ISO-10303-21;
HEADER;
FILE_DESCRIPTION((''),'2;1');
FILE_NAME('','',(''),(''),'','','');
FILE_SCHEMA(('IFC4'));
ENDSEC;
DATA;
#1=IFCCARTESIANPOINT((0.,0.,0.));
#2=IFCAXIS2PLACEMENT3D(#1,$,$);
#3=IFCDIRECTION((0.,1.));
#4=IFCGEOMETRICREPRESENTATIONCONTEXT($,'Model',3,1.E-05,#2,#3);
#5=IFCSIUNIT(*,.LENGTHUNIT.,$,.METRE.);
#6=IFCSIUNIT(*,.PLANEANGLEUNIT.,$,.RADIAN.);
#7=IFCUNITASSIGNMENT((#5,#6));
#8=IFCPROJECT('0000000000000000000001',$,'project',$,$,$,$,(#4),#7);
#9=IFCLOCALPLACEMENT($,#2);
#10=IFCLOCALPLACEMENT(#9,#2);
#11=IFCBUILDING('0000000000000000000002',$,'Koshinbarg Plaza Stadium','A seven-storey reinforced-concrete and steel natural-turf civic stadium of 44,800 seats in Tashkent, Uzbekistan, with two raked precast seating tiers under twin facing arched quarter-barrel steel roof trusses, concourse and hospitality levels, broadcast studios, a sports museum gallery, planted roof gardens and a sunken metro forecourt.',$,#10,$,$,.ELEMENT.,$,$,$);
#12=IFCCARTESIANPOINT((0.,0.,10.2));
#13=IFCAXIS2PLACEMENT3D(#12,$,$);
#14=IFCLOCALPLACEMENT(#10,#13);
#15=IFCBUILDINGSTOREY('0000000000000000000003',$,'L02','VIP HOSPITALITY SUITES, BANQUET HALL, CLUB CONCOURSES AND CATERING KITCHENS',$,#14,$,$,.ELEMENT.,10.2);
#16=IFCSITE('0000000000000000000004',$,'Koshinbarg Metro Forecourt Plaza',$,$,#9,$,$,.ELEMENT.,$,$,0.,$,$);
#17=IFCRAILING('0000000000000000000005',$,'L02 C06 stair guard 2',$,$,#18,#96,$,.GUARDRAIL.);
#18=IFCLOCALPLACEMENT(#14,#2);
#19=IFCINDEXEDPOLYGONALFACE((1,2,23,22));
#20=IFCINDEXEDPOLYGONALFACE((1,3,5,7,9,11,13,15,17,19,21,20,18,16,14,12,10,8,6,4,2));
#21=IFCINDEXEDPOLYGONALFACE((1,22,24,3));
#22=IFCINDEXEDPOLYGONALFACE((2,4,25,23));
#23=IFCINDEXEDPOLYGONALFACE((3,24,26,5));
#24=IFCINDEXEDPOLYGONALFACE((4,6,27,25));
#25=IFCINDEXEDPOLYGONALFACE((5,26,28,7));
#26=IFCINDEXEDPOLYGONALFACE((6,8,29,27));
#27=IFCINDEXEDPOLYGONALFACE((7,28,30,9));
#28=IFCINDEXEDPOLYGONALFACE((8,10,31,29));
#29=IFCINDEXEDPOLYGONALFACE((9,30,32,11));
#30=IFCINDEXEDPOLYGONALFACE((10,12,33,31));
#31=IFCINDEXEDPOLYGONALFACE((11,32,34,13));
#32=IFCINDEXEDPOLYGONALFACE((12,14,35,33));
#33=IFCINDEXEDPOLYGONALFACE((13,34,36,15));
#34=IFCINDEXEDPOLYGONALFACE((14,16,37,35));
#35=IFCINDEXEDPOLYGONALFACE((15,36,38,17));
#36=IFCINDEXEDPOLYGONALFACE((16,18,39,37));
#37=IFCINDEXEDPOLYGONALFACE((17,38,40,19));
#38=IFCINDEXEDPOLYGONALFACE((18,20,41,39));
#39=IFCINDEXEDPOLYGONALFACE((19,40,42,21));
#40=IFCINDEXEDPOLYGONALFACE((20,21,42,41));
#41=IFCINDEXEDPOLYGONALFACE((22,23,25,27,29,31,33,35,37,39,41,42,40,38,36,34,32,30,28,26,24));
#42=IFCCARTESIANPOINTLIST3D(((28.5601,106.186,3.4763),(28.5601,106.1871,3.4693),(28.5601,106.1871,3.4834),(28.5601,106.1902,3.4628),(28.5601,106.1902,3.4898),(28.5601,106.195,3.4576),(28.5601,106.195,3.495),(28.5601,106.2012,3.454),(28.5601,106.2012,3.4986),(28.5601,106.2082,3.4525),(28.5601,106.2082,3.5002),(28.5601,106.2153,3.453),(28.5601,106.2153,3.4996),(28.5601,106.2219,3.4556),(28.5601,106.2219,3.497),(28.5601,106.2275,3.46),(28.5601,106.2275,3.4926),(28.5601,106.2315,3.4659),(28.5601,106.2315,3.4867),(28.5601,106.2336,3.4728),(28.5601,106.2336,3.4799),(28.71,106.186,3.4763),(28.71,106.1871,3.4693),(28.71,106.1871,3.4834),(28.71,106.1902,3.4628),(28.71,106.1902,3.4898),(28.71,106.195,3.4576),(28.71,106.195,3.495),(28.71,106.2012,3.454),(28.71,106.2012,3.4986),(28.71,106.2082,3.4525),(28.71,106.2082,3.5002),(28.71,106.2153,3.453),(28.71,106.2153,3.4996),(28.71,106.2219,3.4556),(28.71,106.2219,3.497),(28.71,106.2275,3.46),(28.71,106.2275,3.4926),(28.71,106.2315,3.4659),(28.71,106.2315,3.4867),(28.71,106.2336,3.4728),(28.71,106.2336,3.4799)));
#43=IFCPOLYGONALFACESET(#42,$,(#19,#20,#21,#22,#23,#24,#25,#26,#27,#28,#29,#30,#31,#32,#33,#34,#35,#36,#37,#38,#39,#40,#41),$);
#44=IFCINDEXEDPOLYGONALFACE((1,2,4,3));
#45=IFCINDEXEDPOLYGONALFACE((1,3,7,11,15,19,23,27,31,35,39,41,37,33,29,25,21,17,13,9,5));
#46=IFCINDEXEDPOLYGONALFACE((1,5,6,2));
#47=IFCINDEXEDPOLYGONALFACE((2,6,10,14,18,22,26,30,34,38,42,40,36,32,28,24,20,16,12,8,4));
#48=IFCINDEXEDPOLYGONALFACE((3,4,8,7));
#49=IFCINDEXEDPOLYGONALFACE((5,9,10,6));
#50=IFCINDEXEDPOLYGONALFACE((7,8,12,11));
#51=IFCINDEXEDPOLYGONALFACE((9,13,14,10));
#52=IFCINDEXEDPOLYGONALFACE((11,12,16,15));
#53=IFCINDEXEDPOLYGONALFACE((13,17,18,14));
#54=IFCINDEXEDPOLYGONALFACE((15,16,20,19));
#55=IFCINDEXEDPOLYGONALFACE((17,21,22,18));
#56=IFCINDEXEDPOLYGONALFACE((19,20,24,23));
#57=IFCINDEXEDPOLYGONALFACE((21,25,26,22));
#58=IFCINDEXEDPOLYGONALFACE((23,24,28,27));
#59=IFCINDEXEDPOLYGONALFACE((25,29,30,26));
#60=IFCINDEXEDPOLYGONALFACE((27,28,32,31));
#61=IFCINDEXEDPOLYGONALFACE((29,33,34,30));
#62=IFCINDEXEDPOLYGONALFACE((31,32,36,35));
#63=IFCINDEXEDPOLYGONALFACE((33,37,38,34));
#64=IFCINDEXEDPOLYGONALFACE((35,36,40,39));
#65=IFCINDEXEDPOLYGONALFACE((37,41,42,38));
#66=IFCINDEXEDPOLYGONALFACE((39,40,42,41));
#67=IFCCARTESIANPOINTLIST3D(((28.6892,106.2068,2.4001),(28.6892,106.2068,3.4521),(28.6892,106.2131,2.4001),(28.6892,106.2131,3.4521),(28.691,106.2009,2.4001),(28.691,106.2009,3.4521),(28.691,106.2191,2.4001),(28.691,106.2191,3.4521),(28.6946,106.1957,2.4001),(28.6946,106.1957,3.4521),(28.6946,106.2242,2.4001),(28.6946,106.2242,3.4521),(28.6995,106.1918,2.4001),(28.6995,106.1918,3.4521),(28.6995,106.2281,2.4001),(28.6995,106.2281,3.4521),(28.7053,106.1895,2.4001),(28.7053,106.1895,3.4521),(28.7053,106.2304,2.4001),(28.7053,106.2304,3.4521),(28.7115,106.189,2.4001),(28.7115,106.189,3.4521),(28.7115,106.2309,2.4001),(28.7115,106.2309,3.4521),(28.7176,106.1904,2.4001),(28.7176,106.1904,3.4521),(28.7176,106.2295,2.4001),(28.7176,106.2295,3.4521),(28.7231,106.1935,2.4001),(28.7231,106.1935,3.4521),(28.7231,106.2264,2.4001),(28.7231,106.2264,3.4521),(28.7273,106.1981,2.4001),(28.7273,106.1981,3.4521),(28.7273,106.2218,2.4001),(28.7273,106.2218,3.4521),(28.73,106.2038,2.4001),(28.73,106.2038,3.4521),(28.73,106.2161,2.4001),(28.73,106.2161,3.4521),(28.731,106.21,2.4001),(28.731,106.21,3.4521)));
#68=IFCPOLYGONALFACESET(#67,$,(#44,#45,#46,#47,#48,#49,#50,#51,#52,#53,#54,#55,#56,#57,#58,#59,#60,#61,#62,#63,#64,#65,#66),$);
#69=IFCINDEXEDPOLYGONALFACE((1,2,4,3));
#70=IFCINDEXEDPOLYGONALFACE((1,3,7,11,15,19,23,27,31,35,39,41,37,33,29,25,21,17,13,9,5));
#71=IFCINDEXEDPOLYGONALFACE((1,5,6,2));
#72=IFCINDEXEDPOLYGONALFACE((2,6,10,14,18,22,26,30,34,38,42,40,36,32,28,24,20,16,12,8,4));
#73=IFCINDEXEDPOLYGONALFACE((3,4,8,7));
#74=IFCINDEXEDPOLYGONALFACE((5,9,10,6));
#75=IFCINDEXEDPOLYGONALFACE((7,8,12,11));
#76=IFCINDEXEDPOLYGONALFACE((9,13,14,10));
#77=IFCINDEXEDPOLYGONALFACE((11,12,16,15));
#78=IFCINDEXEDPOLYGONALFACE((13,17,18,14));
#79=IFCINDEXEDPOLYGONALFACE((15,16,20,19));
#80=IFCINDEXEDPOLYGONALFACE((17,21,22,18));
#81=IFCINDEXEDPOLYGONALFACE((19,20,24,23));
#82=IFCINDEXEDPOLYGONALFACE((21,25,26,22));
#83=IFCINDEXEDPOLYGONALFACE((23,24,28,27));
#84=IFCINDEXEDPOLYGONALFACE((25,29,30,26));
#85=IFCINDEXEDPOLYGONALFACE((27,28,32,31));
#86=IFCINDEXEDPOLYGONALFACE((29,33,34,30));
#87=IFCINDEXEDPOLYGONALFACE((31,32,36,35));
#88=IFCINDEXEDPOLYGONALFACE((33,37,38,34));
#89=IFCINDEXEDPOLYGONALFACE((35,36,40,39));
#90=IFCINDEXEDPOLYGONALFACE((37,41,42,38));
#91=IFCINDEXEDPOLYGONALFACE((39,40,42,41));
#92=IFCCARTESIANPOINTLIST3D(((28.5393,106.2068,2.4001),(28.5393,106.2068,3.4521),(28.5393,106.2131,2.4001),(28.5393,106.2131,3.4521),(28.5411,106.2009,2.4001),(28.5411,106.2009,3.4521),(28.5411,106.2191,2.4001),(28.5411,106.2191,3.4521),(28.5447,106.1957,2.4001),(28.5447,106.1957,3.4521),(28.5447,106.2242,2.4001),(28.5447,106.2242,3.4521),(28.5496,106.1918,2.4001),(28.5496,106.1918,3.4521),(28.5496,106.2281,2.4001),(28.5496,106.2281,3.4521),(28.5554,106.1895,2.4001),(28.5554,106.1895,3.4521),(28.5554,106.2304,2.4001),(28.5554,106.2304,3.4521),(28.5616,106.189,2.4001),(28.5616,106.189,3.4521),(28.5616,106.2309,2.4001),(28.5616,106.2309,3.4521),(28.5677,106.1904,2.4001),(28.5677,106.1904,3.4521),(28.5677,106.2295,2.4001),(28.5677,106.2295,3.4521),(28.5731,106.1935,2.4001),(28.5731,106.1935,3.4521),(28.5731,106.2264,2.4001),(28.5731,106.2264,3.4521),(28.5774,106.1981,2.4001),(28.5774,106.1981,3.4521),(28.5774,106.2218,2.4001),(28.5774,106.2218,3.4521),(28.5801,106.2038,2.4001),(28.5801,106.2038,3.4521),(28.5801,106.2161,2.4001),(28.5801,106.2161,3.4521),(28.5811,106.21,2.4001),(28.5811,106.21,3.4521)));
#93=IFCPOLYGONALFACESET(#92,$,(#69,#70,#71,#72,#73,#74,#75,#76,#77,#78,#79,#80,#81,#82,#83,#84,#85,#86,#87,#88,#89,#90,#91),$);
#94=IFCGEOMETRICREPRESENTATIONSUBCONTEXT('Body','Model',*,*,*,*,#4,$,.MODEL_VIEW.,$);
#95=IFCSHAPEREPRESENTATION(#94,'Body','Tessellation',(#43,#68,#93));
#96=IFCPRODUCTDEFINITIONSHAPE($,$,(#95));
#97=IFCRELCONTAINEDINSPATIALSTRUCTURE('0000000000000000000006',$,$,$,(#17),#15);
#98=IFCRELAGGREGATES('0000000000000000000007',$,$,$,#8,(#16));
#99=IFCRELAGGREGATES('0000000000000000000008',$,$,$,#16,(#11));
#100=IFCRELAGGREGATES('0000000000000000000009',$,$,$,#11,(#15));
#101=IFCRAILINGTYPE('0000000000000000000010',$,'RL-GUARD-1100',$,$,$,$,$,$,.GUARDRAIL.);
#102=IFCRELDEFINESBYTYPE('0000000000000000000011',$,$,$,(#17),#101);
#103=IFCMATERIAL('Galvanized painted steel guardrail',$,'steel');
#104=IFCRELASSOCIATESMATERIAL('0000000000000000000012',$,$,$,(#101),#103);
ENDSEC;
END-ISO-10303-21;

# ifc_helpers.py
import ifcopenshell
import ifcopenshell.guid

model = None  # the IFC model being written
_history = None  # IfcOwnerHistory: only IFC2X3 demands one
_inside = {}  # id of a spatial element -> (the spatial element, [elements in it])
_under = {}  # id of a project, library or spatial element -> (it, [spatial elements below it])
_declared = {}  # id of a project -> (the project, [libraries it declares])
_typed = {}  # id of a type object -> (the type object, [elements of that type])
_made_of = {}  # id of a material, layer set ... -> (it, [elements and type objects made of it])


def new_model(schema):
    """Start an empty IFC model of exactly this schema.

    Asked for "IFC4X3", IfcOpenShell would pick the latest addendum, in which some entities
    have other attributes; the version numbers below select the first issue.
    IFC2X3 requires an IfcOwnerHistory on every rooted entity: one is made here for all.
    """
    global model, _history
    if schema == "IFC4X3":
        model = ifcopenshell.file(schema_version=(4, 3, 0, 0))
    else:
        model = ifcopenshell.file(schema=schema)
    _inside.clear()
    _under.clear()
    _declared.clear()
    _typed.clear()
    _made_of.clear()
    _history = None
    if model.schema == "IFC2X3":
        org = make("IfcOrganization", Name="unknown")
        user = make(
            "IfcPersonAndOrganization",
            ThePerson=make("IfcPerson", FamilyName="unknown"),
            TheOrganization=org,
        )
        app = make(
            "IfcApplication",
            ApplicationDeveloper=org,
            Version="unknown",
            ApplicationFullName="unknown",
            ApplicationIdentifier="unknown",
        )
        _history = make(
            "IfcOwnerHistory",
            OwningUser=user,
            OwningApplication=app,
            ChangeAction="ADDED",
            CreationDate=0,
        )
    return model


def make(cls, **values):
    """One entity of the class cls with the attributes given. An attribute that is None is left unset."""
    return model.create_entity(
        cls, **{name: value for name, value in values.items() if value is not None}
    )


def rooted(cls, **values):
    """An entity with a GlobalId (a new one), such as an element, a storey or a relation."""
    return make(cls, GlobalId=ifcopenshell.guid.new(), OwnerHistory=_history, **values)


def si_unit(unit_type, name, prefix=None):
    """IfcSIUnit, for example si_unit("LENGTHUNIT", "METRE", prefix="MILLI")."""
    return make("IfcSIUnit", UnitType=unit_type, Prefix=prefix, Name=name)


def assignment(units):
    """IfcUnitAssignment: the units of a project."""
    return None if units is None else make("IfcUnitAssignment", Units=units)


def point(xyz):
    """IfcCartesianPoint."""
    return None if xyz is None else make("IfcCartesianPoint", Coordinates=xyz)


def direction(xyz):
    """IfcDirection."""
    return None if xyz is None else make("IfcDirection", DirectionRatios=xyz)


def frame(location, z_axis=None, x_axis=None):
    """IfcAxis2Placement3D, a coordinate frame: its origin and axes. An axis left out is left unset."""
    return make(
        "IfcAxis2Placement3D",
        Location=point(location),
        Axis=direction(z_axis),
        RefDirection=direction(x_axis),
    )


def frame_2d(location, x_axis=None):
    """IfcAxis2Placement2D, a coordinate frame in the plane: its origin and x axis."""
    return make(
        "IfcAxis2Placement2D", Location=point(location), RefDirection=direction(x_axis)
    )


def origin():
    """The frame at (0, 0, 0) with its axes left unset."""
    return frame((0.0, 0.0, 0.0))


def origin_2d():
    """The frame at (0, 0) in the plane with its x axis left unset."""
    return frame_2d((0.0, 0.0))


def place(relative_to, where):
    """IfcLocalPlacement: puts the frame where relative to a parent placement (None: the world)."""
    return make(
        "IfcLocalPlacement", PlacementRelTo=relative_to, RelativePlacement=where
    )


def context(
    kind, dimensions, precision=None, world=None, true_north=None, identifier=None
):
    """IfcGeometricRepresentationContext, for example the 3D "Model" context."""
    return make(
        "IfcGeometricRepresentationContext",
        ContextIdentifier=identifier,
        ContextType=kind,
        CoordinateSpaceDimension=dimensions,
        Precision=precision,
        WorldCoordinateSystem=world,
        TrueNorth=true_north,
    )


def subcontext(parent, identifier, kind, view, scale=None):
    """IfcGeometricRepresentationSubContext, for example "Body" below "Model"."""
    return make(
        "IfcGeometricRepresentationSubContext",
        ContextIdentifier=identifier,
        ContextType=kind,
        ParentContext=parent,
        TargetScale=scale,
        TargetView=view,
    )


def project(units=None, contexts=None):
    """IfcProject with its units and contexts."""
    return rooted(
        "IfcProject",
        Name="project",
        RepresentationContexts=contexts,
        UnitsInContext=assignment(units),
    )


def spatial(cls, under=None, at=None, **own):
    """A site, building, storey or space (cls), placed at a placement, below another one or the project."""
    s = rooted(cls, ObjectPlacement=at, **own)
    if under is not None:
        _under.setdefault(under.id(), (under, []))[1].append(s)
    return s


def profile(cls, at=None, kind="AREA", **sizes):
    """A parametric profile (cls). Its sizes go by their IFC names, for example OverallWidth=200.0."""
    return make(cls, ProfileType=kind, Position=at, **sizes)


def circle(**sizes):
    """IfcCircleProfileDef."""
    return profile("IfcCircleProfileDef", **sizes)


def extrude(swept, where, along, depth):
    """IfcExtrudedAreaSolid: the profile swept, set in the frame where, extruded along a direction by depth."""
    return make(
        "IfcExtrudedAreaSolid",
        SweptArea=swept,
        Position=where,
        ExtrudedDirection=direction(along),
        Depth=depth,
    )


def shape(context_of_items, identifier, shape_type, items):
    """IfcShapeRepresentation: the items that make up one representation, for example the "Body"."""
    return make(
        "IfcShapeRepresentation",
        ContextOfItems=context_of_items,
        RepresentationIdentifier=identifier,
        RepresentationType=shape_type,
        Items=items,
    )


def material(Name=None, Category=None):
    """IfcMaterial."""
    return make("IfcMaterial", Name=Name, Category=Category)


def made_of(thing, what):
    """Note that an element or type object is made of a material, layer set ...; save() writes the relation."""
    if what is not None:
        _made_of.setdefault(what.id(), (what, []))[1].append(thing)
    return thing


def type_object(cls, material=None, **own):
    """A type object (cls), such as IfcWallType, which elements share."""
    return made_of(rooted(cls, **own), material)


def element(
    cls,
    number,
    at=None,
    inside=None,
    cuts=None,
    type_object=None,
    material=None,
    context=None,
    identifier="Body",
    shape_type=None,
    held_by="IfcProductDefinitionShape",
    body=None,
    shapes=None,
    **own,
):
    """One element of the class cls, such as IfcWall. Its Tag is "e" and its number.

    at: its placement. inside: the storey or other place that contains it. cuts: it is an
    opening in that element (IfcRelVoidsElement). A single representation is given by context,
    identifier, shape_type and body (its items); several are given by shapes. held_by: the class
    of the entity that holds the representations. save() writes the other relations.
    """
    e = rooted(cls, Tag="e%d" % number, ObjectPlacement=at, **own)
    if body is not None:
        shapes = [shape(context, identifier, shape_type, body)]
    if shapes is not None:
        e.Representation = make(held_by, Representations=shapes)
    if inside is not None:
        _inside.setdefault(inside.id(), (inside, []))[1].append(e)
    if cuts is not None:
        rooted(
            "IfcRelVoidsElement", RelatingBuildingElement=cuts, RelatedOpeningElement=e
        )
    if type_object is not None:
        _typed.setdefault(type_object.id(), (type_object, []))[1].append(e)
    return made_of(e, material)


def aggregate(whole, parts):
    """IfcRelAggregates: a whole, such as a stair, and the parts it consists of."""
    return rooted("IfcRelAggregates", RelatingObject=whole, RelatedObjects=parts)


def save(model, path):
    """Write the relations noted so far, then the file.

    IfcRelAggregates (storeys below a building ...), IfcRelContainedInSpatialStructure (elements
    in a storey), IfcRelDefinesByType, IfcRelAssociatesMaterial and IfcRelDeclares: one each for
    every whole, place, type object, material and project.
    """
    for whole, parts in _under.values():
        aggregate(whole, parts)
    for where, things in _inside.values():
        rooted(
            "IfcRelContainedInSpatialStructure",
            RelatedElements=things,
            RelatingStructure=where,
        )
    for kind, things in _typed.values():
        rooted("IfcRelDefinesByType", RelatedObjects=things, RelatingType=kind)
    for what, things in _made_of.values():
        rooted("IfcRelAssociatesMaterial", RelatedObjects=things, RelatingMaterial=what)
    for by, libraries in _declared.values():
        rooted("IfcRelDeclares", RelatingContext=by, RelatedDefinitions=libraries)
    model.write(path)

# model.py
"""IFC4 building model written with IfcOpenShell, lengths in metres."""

from ifc_helpers import new_model, si_unit, direction, frame, origin, origin_2d, place, context, subcontext, project, spatial, circle, extrude, material, type_object, element, save


model = new_model("IFC4")

# Units and contexts
model_context = context("Model", 3, precision=1e-05, world=origin(), true_north=direction((0.0, 1.0)))
body_context = subcontext(model_context, "Body", "Model", "MODEL_VIEW")
ifc_project = project(units=[si_unit("LENGTHUNIT", "METRE"), si_unit("PLANEANGLEUNIT", "RADIAN")], contexts=[model_context])

# Site, building, storey
site_placement = place(None, origin())
site = spatial("IfcSite", under=ifc_project, at=site_placement, Name="Koshinbarg Metro Forecourt Plaza", CompositionType="ELEMENT", RefElevation=0.0)
building_placement = place(site_placement, origin())
building = spatial("IfcBuilding", under=site, at=building_placement, Name="Koshinbarg Plaza Stadium", Description="A seven-storey reinforced-concrete and steel natural-turf civic stadium of 44,800 seats in Tashkent, Uzbekistan, with two raked precast seating tiers under twin facing arched quarter-barrel steel roof trusses, concourse and hospitality levels, broadcast studios, a sports museum gallery, planted roof gardens and a sunken metro forecourt.", CompositionType="ELEMENT")
storey_placement = place(building_placement, frame((0.0, 0.0, 10.2)))
storey = spatial("IfcBuildingStorey", under=building, at=storey_placement, Name="L02", Description="VIP HOSPITALITY SUITES, BANQUET HALL, CLUB CONCOURSES AND CATERING KITCHENS", CompositionType="ELEMENT", Elevation=10.2)

# Railing
ifc_material_1 = material(Name="Galvanized painted steel guardrail", Category="steel")
railing_type_1 = type_object("IfcRailingType", Name="RL-GUARD-1100", PredefinedType="GUARDRAIL", material=ifc_material_1)
railing_1_placement = place(storey_placement, frame((28.71, 106.21, 2.4001)))
element("IfcRailing", 1, at=railing_1_placement, inside=storey, type_object=railing_type_1, Name="L02 C06 stair guard 2", PredefinedType="GUARDRAIL", context=body_context, shape_type="SweptSolid", body=[
    extrude(circle(Radius=0.0239, at=origin_2d()), frame((0.0, 0.0, 1.0762), z_axis=(-1.0, 0.0, 0.0), x_axis=(0.0, -1.0, 0.0)), (0.0, 0.0, 1.0), 0.1499),
    extrude(circle(Radius=0.021, at=origin_2d()), origin(), (0.0, 0.0, 1.0), 1.052),
    extrude(circle(Radius=0.021, at=origin_2d()), frame((-0.1499, 0.0, 0.0)), (0.0, 0.0, 1.0), 1.052),
])

save(model, "model.ifc")
